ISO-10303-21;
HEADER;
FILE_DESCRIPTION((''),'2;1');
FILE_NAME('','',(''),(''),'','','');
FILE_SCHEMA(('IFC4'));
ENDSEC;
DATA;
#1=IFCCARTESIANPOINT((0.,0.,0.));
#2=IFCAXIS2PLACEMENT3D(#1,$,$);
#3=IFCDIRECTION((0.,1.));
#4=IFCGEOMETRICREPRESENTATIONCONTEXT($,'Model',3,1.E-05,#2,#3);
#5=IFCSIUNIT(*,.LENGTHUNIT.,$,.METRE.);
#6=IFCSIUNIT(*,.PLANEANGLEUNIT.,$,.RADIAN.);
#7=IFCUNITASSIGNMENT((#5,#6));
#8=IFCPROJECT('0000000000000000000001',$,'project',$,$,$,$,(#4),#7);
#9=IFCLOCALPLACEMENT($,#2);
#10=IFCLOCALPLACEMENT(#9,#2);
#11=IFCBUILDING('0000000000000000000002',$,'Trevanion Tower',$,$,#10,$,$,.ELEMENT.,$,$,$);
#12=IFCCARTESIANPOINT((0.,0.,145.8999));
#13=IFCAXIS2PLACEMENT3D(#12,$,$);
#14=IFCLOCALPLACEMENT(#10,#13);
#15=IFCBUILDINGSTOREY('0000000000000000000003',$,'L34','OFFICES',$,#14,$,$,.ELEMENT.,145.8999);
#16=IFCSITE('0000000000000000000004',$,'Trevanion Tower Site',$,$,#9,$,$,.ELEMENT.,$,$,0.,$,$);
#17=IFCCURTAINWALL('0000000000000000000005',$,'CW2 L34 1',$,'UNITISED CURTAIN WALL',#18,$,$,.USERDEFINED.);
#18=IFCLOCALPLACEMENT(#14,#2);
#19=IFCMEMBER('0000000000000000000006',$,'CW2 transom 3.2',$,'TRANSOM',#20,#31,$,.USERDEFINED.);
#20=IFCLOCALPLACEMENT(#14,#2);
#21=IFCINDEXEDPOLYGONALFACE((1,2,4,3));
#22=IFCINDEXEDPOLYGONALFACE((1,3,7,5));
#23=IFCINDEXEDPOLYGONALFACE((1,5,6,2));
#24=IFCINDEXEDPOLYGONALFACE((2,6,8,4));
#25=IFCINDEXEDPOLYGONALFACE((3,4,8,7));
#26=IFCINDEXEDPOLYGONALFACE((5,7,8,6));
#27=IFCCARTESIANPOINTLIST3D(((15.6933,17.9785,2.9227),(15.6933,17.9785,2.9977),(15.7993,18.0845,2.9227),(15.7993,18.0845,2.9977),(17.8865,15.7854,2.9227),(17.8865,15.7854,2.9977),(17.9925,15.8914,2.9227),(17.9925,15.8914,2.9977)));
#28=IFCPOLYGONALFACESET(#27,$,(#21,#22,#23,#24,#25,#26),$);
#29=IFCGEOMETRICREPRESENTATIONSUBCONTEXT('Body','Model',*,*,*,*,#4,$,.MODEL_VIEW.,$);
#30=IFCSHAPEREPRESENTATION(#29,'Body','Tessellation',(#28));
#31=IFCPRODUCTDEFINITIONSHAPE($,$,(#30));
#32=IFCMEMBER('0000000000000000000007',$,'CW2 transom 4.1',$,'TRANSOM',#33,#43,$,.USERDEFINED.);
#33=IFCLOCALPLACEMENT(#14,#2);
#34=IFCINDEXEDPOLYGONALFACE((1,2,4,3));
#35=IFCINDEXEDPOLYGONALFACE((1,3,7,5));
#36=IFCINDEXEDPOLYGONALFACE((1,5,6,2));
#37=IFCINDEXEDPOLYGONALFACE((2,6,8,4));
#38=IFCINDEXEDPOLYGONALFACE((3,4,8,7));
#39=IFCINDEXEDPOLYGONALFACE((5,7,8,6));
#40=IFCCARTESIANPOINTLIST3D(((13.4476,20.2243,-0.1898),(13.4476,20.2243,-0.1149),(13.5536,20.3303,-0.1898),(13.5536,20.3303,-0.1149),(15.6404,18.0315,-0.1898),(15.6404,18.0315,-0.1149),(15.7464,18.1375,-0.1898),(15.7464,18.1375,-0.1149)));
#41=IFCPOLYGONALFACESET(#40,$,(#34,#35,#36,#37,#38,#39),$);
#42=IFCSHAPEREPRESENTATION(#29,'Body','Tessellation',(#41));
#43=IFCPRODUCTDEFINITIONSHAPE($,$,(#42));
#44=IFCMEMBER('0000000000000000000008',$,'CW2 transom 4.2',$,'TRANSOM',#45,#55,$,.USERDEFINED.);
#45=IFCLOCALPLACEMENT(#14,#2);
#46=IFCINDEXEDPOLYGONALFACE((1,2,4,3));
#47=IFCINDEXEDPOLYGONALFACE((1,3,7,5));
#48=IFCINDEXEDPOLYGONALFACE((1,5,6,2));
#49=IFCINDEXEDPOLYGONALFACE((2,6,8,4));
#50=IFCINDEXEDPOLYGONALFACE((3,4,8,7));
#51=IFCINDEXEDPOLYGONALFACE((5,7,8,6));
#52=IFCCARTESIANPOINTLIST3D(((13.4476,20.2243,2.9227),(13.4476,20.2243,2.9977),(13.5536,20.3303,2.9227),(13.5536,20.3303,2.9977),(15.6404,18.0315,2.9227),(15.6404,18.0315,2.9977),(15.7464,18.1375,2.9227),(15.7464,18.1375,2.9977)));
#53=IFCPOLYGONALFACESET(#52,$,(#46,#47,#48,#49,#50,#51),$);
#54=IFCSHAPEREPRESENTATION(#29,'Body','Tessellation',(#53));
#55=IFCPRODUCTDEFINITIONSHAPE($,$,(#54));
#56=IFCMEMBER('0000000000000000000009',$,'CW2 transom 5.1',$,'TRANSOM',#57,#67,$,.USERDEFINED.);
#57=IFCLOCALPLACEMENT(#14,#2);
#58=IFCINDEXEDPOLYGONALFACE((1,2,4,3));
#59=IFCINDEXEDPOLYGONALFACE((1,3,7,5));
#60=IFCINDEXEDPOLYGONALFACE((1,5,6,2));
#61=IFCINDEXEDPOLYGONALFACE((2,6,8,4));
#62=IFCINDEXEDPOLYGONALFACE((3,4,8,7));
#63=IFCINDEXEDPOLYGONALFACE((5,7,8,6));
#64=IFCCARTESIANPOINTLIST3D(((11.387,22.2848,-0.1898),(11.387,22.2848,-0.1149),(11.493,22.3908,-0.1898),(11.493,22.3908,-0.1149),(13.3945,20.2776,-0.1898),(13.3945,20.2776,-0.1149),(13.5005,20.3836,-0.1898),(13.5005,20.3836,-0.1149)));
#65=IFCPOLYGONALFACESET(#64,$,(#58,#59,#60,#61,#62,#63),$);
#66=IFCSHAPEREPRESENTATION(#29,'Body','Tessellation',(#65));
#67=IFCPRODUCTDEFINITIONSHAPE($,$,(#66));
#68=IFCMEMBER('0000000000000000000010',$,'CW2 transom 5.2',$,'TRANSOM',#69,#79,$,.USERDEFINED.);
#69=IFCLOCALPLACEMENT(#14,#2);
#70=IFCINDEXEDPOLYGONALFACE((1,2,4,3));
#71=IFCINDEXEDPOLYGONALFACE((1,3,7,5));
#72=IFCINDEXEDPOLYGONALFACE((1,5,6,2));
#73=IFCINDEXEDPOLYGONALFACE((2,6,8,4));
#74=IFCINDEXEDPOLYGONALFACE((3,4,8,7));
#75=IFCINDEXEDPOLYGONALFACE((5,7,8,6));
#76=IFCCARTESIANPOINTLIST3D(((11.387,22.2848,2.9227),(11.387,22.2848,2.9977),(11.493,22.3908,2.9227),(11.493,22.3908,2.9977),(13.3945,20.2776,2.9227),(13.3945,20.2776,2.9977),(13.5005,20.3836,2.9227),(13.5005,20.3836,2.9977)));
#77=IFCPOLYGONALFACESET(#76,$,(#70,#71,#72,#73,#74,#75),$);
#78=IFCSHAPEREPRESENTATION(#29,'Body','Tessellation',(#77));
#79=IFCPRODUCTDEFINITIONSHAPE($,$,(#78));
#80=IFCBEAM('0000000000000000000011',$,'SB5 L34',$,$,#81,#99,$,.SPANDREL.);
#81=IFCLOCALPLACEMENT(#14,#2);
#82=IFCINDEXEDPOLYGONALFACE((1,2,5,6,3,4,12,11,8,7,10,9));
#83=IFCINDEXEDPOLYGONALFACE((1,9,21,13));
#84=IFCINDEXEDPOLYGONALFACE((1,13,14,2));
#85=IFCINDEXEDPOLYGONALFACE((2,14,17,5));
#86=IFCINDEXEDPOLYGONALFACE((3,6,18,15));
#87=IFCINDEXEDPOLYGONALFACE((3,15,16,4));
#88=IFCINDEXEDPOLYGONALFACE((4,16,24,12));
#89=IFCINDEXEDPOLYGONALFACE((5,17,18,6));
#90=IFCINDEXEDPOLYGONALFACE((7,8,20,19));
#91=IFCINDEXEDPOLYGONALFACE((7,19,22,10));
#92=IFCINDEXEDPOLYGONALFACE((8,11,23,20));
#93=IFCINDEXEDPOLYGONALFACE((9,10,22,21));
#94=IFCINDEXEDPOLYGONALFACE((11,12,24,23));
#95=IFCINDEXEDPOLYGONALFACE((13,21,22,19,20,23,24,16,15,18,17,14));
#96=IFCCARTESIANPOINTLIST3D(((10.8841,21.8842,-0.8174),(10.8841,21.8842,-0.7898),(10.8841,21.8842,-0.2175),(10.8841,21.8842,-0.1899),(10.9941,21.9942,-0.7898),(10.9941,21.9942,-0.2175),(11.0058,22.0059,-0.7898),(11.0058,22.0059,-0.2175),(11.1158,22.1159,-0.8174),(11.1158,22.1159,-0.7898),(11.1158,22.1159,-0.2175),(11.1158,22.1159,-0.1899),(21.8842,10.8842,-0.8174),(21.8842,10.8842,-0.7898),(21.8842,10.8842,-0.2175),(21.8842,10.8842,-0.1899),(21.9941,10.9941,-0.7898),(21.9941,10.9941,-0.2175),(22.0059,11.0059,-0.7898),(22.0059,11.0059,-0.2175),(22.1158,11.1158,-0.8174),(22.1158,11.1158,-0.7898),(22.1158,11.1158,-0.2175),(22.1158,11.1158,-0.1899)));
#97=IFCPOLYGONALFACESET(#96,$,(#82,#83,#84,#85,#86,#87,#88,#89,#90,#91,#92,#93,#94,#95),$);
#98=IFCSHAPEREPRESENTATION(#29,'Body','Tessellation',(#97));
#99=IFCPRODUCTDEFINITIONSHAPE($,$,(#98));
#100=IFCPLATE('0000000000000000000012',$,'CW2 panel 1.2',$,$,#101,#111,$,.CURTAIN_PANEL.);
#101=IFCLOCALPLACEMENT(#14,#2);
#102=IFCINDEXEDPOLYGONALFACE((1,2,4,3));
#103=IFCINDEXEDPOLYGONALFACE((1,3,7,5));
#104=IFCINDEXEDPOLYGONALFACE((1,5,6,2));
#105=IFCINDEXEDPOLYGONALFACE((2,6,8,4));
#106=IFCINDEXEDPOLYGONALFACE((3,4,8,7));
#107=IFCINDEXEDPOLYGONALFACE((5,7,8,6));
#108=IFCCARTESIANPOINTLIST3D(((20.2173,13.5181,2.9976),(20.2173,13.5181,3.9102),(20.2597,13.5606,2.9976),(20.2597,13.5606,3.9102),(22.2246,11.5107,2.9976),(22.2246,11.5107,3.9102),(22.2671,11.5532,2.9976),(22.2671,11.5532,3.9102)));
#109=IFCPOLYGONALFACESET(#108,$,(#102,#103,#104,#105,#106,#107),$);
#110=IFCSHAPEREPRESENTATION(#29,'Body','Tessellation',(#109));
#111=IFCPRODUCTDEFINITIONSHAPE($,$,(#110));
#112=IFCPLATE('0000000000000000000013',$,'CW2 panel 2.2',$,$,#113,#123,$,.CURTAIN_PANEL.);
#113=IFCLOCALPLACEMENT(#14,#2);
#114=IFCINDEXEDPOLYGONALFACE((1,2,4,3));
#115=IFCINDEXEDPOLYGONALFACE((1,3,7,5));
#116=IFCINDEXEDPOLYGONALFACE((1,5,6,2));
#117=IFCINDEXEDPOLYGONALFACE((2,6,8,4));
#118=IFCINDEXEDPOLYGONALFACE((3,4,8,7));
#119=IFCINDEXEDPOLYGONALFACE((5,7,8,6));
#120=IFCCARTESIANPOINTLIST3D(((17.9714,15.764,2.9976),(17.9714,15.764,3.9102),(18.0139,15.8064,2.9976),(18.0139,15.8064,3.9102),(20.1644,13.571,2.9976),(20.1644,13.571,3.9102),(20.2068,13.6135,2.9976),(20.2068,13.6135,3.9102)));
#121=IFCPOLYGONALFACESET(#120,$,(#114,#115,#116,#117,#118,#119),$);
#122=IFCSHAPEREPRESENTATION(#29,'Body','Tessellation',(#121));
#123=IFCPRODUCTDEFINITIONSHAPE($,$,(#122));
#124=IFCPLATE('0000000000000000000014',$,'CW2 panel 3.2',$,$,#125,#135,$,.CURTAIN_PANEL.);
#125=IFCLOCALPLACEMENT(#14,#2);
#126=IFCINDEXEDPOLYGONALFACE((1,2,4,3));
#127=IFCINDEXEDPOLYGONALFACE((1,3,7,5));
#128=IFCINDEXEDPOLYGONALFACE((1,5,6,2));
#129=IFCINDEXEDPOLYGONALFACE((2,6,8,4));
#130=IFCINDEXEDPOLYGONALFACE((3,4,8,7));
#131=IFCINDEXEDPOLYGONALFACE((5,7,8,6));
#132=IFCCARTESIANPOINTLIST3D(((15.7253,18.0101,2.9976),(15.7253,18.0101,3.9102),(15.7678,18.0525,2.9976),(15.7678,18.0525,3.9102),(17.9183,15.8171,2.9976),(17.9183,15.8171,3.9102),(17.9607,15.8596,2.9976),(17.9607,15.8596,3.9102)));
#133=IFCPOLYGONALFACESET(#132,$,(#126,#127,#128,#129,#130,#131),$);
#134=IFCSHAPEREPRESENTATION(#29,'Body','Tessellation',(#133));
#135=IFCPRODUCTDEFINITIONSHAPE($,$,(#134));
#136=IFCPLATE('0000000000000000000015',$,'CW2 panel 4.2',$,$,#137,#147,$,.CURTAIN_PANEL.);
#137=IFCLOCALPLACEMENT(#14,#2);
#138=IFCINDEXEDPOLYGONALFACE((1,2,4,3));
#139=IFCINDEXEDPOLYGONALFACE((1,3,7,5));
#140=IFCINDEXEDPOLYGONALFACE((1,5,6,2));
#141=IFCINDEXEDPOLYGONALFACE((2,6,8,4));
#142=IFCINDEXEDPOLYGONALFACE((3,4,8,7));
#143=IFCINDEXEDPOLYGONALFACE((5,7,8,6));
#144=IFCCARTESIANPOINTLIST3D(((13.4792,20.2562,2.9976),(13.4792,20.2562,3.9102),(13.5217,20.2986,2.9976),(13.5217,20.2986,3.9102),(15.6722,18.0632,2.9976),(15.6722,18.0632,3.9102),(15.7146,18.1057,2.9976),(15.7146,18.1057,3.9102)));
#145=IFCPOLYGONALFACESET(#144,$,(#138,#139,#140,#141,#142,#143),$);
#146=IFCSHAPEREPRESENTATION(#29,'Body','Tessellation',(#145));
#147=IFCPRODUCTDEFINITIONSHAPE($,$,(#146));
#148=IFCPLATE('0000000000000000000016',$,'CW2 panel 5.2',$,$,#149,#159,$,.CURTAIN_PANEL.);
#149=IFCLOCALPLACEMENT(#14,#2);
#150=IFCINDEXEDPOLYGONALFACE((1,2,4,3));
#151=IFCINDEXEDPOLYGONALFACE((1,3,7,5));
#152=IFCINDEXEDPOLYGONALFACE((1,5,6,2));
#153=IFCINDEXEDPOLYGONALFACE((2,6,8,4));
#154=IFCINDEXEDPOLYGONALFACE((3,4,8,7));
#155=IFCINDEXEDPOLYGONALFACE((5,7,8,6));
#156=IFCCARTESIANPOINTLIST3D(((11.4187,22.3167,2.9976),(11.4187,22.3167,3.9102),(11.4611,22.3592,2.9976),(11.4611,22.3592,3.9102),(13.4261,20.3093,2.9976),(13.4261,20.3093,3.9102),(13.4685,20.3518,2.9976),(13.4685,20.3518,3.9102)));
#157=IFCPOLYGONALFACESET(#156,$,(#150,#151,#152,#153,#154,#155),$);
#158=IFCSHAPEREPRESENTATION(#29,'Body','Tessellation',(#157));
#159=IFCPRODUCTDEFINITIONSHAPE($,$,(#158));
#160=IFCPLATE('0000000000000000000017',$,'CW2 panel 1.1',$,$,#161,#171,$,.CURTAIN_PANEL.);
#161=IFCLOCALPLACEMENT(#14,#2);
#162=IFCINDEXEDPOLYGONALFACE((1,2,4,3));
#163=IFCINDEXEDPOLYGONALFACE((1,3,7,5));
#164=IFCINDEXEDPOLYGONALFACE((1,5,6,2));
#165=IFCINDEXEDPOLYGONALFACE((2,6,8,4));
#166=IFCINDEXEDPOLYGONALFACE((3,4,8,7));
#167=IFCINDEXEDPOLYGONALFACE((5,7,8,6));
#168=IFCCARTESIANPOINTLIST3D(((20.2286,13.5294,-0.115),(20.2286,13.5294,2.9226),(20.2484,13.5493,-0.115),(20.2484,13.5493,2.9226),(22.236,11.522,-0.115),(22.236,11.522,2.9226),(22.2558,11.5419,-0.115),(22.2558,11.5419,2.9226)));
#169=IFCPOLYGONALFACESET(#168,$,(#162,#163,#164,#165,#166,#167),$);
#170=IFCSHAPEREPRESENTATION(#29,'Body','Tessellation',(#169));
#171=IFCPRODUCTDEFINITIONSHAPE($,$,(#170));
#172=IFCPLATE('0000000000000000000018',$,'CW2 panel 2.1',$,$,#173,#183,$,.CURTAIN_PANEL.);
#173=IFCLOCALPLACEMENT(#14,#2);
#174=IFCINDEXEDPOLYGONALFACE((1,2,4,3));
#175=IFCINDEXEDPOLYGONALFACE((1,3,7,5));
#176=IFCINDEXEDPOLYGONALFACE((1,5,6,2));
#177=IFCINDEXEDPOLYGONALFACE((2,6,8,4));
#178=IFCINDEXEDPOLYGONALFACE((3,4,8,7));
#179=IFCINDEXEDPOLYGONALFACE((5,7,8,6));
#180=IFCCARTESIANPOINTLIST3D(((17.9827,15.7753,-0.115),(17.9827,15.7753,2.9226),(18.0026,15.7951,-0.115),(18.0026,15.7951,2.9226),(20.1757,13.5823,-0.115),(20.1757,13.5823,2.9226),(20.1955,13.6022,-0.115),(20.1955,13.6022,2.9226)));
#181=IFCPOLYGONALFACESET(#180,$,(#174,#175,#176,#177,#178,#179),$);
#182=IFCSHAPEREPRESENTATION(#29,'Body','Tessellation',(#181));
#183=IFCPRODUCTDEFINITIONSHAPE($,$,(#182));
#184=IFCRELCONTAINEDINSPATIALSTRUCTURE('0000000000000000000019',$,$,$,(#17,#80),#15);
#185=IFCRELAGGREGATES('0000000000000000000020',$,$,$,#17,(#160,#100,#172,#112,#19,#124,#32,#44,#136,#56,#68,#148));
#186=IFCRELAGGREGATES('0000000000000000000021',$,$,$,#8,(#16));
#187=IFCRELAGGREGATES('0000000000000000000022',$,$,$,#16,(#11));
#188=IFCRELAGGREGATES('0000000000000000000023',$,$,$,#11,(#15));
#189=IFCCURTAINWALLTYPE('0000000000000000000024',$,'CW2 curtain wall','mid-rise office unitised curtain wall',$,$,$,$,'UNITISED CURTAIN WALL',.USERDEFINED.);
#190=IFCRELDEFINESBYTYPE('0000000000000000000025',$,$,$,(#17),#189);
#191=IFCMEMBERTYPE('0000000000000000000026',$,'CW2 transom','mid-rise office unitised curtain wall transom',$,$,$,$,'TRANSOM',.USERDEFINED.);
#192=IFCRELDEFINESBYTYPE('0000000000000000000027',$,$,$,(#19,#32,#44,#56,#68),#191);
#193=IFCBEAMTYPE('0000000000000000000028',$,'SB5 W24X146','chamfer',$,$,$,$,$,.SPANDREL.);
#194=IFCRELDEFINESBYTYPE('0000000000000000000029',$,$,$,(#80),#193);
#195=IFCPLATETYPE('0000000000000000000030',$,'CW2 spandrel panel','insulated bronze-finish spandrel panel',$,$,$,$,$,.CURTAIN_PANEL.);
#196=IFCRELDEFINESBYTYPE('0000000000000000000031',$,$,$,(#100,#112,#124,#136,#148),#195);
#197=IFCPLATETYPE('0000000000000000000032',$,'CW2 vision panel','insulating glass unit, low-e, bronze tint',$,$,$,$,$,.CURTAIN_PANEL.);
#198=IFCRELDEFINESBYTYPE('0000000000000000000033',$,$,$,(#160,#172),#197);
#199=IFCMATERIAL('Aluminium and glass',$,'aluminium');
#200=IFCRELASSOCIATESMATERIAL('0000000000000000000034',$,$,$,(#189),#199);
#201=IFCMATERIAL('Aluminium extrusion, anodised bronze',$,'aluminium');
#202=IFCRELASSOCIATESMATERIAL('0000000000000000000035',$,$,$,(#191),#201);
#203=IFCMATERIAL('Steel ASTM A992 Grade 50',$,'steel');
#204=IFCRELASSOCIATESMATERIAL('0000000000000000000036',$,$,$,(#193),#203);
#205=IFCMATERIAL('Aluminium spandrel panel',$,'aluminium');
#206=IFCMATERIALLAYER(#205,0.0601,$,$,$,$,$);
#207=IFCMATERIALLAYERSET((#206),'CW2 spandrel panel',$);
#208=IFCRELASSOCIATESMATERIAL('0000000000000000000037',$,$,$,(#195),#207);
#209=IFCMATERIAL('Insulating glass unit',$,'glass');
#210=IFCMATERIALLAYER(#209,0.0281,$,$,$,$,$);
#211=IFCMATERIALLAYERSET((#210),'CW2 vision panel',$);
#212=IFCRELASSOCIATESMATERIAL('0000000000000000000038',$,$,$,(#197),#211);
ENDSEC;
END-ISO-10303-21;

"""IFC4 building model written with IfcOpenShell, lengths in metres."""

from ifc_helpers import new_model, si_unit, direction, frame, origin, origin_2d, place, context, subcontext, project, spatial, rectangle, i_section, extrude, material, layer, layer_set, material_profile, profile_set, type_object, element, aggregate, save


model = new_model("IFC4")

# Units and contexts
model_context = context("Model", 3, precision=1e-05, world=origin(), true_north=direction((0.0, 1.0)))
body_context = subcontext(model_context, "Body", "Model", "MODEL_VIEW")
ifc_project = project(units=[si_unit("LENGTHUNIT", "METRE"), si_unit("PLANEANGLEUNIT", "RADIAN")], contexts=[model_context])

# Site, building, storey
site_placement = place(None, origin())
site = spatial("IfcSite", under=ifc_project, at=site_placement, Name="Trevanion Tower Site", CompositionType="ELEMENT", RefElevation=0.0)
building_placement = place(site_placement, origin())
building = spatial("IfcBuilding", under=site, at=building_placement, Name="Trevanion Tower", CompositionType="ELEMENT")
storey_placement = place(building_placement, frame((0.0, 0.0, 145.8999)))
storey = spatial("IfcBuildingStorey", under=building, at=storey_placement, Name="L34", Description="OFFICES", CompositionType="ELEMENT", Elevation=145.8999)

# Curtain wall
ifc_material_1 = material(Name="Aluminium and glass", Category="aluminium")
curtain_wall_type = type_object("IfcCurtainWallType", Name="CW2 curtain wall", Description="mid-rise office unitised curtain wall", ElementType="UNITISED CURTAIN WALL", PredefinedType="USERDEFINED", material=ifc_material_1)
curtain_wall_1_placement = place(storey_placement, origin())
curtain_wall_1 = element("IfcCurtainWall", 1, at=curtain_wall_1_placement, inside=storey, type_object=curtain_wall_type, Name="CW2 L34 1", ObjectType="UNITISED CURTAIN WALL", PredefinedType="USERDEFINED")

# Members
ifc_material_2 = material(Name="Aluminium extrusion, anodised bronze", Category="aluminium")
ifc_material_profile_1 = material_profile(ifc_material_2, rectangle(XDim=0.1499, YDim=0.075, at=origin_2d()), Name="CW2 transom")
ifc_profile_set_1 = profile_set([ifc_material_profile_1], Name="Aluminium extrusion, anodised bronze")
member_type_1 = type_object("IfcMemberType", Name="CW2 transom", Description="mid-rise office unitised curtain wall transom", ElementType="TRANSOM", PredefinedType="USERDEFINED", material=ifc_profile_set_1)
member_1_placement = place(storey_placement, frame((17.9395, 15.8384, 2.9602), z_axis=(-0.707107, 0.707107, 0.0), x_axis=(-0.707107, -0.707107, 0.0)))
member_1 = element("IfcMember", 2, at=member_1_placement, type_object=member_type_1, Name="CW2 transom 3.2", ObjectType="TRANSOM", PredefinedType="USERDEFINED", context=body_context, shape_type="SweptSolid", body=[
    extrude(rectangle(XDim=0.1499, YDim=0.075, at=origin_2d()), origin(), (0.0, 0.0, 1.0), 3.1016),
])
member_2_placement = place(storey_placement, frame((15.6934, 18.0845, -0.1523), z_axis=(-0.707107, 0.707107, 0.0), x_axis=(-0.707107, -0.707107, 0.0)))
member_2 = element("IfcMember", 3, at=member_2_placement, type_object=member_type_1, Name="CW2 transom 4.1", ObjectType="TRANSOM", PredefinedType="USERDEFINED", context=body_context, shape_type="SweptSolid", body=[
    extrude(rectangle(XDim=0.1499, YDim=0.075, at=origin_2d()), origin(), (0.0, 0.0, 1.0), 3.1011),
])
member_3_placement = place(storey_placement, frame((15.6934, 18.0845, 2.9602), z_axis=(-0.707107, 0.707107, 0.0), x_axis=(-0.707107, -0.707107, 0.0)))
member_3 = element("IfcMember", 4, at=member_3_placement, type_object=member_type_1, Name="CW2 transom 4.2", ObjectType="TRANSOM", PredefinedType="USERDEFINED", context=body_context, shape_type="SweptSolid", body=[
    extrude(rectangle(XDim=0.1499, YDim=0.075, at=origin_2d()), origin(), (0.0, 0.0, 1.0), 3.1011),
])
member_4_placement = place(storey_placement, frame((13.4475, 20.3306, -0.1523), z_axis=(-0.70715, 0.707064, 0.0), x_axis=(-0.707064, -0.70715, 0.0)))
member_4 = element("IfcMember", 5, at=member_4_placement, type_object=member_type_1, Name="CW2 transom 5.1", ObjectType="TRANSOM", PredefinedType="USERDEFINED", context=body_context, shape_type="SweptSolid", body=[
    extrude(rectangle(XDim=0.1499, YDim=0.075, at=origin_2d()), origin(), (0.0, 0.0, 1.0), 2.8389),
])
member_5_placement = place(storey_placement, frame((13.4475, 20.3306, 2.9602), z_axis=(-0.70715, 0.707064, 0.0), x_axis=(-0.707064, -0.70715, 0.0)))
member_5 = element("IfcMember", 6, at=member_5_placement, type_object=member_type_1, Name="CW2 transom 5.2", ObjectType="TRANSOM", PredefinedType="USERDEFINED", context=body_context, shape_type="SweptSolid", body=[
    extrude(rectangle(XDim=0.1499, YDim=0.075, at=origin_2d()), origin(), (0.0, 0.0, 1.0), 2.8389),
])

# Beam
ifc_material_3 = material(Name="Steel ASTM A992 Grade 50", Category="steel")
ifc_material_profile_2 = material_profile(ifc_material_3, i_section(OverallWidth=0.3276, OverallDepth=0.6274, WebThickness=0.0166, FlangeThickness=0.0276, at=origin_2d()), Name="W24X146")
ifc_profile_set_2 = profile_set([ifc_material_profile_2], Name="Steel ASTM A992 Grade 50")
beam_type_1 = type_object("IfcBeamType", Name="SB5 W24X146", Description="chamfer", PredefinedType="SPANDREL", material=ifc_profile_set_2)
beam_1_placement = place(storey_placement, frame((22.0, 11.0, -0.5037), z_axis=(-0.707107, 0.707107, 0.0), x_axis=(-0.707107, -0.707107, 0.0)))
element("IfcBeam", 7, at=beam_1_placement, inside=storey, type_object=beam_type_1, Name="SB5 L34", PredefinedType="SPANDREL", context=body_context, shape_type="SweptSolid", body=[
    extrude(i_section(OverallWidth=0.3276, OverallDepth=0.6274, WebThickness=0.0166, FlangeThickness=0.0276, at=origin_2d()), origin(), (0.0, 0.0, 1.0), 15.5564),
])

# Plates
ifc_material_4 = material(Name="Aluminium spandrel panel", Category="aluminium")
ifc_layer_1 = layer(ifc_material_4, 0.0601)
ifc_layer_set_1 = layer_set([ifc_layer_1], Name="CW2 spandrel panel")
plate_type_1 = type_object("IfcPlateType", Name="CW2 spandrel panel", Description="insulated bronze-finish spandrel panel", PredefinedType="CURTAIN_PANEL", material=ifc_layer_set_1)
plate_1_placement = place(storey_placement, frame((21.2422, 12.5356, 2.9976), z_axis=(0.0, 0.0, 1.0), x_axis=(-0.707107, 0.707107, 0.0)))
plate_1 = element("IfcPlate", 8, at=plate_1_placement, type_object=plate_type_1, Name="CW2 panel 1.2", PredefinedType="CURTAIN_PANEL", context=body_context, shape_type="SweptSolid", body=[
    extrude(rectangle(XDim=2.8389, YDim=0.0601, at=origin_2d()), origin(), (0.0, 0.0, 1.0), 0.9126),
])
plate_2_placement = place(storey_placement, frame((19.0891, 14.6887, 2.9976), z_axis=(0.0, 0.0, 1.0), x_axis=(-0.707107, 0.707107, 0.0)))
plate_2 = element("IfcPlate", 9, at=plate_2_placement, type_object=plate_type_1, Name="CW2 panel 2.2", PredefinedType="CURTAIN_PANEL", context=body_context, shape_type="SweptSolid", body=[
    extrude(rectangle(XDim=3.1013, YDim=0.0601, at=origin_2d()), origin(), (0.0, 0.0, 1.0), 0.9126),
])
plate_3_placement = place(storey_placement, frame((16.843, 16.9348, 2.9976), z_axis=(0.0, 0.0, 1.0), x_axis=(-0.707107, 0.707107, 0.0)))
plate_3 = element("IfcPlate", 10, at=plate_3_placement, type_object=plate_type_1, Name="CW2 panel 3.2", PredefinedType="CURTAIN_PANEL", context=body_context, shape_type="SweptSolid", body=[
    extrude(rectangle(XDim=3.1013, YDim=0.0601, at=origin_2d()), origin(), (0.0, 0.0, 1.0), 0.9126),
])
plate_4_placement = place(storey_placement, frame((14.5969, 19.1809, 2.9976), z_axis=(0.0, 0.0, 1.0), x_axis=(-0.707107, 0.707107, 0.0)))
plate_4 = element("IfcPlate", 11, at=plate_4_placement, type_object=plate_type_1, Name="CW2 panel 4.2", PredefinedType="CURTAIN_PANEL", context=body_context, shape_type="SweptSolid", body=[
    extrude(rectangle(XDim=3.1013, YDim=0.0601, at=origin_2d()), origin(), (0.0, 0.0, 1.0), 0.9126),
])
plate_5_placement = place(storey_placement, frame((12.4436, 21.3342, 2.9976), z_axis=(0.0, 0.0, 1.0), x_axis=(-0.707107, 0.707107, 0.0)))
plate_5 = element("IfcPlate", 12, at=plate_5_placement, type_object=plate_type_1, Name="CW2 panel 5.2", PredefinedType="CURTAIN_PANEL", context=body_context, shape_type="SweptSolid", body=[
    extrude(rectangle(XDim=2.8389, YDim=0.0601, at=origin_2d()), origin(), (0.0, 0.0, 1.0), 0.9126),
])
ifc_material_5 = material(Name="Insulating glass unit", Category="glass")
ifc_layer_2 = layer(ifc_material_5, 0.0281)
ifc_layer_set_2 = layer_set([ifc_layer_2], Name="CW2 vision panel")
plate_type_2 = type_object("IfcPlateType", Name="CW2 vision panel", Description="insulating glass unit, low-e, bronze tint", PredefinedType="CURTAIN_PANEL", material=ifc_layer_set_2)
plate_6_placement = place(storey_placement, frame((21.2422, 12.5356, -0.115), z_axis=(0.0, 0.0, 1.0), x_axis=(-0.707107, 0.707107, 0.0)))
plate_6 = element("IfcPlate", 13, at=plate_6_placement, type_object=plate_type_2, Name="CW2 panel 1.1", PredefinedType="CURTAIN_PANEL", context=body_context, shape_type="SweptSolid", body=[
    extrude(rectangle(XDim=2.8389, YDim=0.0281, at=origin_2d()), origin(), (0.0, 0.0, 1.0), 3.0376),
])
plate_7_placement = place(storey_placement, frame((19.0891, 14.6887, -0.115), z_axis=(0.0, 0.0, 1.0), x_axis=(-0.707107, 0.707107, 0.0)))
plate_7 = element("IfcPlate", 14, at=plate_7_placement, type_object=plate_type_2, Name="CW2 panel 2.1", PredefinedType="CURTAIN_PANEL", context=body_context, shape_type="SweptSolid", body=[
    extrude(rectangle(XDim=3.1013, YDim=0.0281, at=origin_2d()), origin(), (0.0, 0.0, 1.0), 3.0376),
])
aggregate(curtain_wall_1, [plate_6, plate_1, plate_7, plate_2, member_1, plate_3, member_2, member_3, plate_4, member_4, member_5, plate_5])

save(model, "model.ifc")
